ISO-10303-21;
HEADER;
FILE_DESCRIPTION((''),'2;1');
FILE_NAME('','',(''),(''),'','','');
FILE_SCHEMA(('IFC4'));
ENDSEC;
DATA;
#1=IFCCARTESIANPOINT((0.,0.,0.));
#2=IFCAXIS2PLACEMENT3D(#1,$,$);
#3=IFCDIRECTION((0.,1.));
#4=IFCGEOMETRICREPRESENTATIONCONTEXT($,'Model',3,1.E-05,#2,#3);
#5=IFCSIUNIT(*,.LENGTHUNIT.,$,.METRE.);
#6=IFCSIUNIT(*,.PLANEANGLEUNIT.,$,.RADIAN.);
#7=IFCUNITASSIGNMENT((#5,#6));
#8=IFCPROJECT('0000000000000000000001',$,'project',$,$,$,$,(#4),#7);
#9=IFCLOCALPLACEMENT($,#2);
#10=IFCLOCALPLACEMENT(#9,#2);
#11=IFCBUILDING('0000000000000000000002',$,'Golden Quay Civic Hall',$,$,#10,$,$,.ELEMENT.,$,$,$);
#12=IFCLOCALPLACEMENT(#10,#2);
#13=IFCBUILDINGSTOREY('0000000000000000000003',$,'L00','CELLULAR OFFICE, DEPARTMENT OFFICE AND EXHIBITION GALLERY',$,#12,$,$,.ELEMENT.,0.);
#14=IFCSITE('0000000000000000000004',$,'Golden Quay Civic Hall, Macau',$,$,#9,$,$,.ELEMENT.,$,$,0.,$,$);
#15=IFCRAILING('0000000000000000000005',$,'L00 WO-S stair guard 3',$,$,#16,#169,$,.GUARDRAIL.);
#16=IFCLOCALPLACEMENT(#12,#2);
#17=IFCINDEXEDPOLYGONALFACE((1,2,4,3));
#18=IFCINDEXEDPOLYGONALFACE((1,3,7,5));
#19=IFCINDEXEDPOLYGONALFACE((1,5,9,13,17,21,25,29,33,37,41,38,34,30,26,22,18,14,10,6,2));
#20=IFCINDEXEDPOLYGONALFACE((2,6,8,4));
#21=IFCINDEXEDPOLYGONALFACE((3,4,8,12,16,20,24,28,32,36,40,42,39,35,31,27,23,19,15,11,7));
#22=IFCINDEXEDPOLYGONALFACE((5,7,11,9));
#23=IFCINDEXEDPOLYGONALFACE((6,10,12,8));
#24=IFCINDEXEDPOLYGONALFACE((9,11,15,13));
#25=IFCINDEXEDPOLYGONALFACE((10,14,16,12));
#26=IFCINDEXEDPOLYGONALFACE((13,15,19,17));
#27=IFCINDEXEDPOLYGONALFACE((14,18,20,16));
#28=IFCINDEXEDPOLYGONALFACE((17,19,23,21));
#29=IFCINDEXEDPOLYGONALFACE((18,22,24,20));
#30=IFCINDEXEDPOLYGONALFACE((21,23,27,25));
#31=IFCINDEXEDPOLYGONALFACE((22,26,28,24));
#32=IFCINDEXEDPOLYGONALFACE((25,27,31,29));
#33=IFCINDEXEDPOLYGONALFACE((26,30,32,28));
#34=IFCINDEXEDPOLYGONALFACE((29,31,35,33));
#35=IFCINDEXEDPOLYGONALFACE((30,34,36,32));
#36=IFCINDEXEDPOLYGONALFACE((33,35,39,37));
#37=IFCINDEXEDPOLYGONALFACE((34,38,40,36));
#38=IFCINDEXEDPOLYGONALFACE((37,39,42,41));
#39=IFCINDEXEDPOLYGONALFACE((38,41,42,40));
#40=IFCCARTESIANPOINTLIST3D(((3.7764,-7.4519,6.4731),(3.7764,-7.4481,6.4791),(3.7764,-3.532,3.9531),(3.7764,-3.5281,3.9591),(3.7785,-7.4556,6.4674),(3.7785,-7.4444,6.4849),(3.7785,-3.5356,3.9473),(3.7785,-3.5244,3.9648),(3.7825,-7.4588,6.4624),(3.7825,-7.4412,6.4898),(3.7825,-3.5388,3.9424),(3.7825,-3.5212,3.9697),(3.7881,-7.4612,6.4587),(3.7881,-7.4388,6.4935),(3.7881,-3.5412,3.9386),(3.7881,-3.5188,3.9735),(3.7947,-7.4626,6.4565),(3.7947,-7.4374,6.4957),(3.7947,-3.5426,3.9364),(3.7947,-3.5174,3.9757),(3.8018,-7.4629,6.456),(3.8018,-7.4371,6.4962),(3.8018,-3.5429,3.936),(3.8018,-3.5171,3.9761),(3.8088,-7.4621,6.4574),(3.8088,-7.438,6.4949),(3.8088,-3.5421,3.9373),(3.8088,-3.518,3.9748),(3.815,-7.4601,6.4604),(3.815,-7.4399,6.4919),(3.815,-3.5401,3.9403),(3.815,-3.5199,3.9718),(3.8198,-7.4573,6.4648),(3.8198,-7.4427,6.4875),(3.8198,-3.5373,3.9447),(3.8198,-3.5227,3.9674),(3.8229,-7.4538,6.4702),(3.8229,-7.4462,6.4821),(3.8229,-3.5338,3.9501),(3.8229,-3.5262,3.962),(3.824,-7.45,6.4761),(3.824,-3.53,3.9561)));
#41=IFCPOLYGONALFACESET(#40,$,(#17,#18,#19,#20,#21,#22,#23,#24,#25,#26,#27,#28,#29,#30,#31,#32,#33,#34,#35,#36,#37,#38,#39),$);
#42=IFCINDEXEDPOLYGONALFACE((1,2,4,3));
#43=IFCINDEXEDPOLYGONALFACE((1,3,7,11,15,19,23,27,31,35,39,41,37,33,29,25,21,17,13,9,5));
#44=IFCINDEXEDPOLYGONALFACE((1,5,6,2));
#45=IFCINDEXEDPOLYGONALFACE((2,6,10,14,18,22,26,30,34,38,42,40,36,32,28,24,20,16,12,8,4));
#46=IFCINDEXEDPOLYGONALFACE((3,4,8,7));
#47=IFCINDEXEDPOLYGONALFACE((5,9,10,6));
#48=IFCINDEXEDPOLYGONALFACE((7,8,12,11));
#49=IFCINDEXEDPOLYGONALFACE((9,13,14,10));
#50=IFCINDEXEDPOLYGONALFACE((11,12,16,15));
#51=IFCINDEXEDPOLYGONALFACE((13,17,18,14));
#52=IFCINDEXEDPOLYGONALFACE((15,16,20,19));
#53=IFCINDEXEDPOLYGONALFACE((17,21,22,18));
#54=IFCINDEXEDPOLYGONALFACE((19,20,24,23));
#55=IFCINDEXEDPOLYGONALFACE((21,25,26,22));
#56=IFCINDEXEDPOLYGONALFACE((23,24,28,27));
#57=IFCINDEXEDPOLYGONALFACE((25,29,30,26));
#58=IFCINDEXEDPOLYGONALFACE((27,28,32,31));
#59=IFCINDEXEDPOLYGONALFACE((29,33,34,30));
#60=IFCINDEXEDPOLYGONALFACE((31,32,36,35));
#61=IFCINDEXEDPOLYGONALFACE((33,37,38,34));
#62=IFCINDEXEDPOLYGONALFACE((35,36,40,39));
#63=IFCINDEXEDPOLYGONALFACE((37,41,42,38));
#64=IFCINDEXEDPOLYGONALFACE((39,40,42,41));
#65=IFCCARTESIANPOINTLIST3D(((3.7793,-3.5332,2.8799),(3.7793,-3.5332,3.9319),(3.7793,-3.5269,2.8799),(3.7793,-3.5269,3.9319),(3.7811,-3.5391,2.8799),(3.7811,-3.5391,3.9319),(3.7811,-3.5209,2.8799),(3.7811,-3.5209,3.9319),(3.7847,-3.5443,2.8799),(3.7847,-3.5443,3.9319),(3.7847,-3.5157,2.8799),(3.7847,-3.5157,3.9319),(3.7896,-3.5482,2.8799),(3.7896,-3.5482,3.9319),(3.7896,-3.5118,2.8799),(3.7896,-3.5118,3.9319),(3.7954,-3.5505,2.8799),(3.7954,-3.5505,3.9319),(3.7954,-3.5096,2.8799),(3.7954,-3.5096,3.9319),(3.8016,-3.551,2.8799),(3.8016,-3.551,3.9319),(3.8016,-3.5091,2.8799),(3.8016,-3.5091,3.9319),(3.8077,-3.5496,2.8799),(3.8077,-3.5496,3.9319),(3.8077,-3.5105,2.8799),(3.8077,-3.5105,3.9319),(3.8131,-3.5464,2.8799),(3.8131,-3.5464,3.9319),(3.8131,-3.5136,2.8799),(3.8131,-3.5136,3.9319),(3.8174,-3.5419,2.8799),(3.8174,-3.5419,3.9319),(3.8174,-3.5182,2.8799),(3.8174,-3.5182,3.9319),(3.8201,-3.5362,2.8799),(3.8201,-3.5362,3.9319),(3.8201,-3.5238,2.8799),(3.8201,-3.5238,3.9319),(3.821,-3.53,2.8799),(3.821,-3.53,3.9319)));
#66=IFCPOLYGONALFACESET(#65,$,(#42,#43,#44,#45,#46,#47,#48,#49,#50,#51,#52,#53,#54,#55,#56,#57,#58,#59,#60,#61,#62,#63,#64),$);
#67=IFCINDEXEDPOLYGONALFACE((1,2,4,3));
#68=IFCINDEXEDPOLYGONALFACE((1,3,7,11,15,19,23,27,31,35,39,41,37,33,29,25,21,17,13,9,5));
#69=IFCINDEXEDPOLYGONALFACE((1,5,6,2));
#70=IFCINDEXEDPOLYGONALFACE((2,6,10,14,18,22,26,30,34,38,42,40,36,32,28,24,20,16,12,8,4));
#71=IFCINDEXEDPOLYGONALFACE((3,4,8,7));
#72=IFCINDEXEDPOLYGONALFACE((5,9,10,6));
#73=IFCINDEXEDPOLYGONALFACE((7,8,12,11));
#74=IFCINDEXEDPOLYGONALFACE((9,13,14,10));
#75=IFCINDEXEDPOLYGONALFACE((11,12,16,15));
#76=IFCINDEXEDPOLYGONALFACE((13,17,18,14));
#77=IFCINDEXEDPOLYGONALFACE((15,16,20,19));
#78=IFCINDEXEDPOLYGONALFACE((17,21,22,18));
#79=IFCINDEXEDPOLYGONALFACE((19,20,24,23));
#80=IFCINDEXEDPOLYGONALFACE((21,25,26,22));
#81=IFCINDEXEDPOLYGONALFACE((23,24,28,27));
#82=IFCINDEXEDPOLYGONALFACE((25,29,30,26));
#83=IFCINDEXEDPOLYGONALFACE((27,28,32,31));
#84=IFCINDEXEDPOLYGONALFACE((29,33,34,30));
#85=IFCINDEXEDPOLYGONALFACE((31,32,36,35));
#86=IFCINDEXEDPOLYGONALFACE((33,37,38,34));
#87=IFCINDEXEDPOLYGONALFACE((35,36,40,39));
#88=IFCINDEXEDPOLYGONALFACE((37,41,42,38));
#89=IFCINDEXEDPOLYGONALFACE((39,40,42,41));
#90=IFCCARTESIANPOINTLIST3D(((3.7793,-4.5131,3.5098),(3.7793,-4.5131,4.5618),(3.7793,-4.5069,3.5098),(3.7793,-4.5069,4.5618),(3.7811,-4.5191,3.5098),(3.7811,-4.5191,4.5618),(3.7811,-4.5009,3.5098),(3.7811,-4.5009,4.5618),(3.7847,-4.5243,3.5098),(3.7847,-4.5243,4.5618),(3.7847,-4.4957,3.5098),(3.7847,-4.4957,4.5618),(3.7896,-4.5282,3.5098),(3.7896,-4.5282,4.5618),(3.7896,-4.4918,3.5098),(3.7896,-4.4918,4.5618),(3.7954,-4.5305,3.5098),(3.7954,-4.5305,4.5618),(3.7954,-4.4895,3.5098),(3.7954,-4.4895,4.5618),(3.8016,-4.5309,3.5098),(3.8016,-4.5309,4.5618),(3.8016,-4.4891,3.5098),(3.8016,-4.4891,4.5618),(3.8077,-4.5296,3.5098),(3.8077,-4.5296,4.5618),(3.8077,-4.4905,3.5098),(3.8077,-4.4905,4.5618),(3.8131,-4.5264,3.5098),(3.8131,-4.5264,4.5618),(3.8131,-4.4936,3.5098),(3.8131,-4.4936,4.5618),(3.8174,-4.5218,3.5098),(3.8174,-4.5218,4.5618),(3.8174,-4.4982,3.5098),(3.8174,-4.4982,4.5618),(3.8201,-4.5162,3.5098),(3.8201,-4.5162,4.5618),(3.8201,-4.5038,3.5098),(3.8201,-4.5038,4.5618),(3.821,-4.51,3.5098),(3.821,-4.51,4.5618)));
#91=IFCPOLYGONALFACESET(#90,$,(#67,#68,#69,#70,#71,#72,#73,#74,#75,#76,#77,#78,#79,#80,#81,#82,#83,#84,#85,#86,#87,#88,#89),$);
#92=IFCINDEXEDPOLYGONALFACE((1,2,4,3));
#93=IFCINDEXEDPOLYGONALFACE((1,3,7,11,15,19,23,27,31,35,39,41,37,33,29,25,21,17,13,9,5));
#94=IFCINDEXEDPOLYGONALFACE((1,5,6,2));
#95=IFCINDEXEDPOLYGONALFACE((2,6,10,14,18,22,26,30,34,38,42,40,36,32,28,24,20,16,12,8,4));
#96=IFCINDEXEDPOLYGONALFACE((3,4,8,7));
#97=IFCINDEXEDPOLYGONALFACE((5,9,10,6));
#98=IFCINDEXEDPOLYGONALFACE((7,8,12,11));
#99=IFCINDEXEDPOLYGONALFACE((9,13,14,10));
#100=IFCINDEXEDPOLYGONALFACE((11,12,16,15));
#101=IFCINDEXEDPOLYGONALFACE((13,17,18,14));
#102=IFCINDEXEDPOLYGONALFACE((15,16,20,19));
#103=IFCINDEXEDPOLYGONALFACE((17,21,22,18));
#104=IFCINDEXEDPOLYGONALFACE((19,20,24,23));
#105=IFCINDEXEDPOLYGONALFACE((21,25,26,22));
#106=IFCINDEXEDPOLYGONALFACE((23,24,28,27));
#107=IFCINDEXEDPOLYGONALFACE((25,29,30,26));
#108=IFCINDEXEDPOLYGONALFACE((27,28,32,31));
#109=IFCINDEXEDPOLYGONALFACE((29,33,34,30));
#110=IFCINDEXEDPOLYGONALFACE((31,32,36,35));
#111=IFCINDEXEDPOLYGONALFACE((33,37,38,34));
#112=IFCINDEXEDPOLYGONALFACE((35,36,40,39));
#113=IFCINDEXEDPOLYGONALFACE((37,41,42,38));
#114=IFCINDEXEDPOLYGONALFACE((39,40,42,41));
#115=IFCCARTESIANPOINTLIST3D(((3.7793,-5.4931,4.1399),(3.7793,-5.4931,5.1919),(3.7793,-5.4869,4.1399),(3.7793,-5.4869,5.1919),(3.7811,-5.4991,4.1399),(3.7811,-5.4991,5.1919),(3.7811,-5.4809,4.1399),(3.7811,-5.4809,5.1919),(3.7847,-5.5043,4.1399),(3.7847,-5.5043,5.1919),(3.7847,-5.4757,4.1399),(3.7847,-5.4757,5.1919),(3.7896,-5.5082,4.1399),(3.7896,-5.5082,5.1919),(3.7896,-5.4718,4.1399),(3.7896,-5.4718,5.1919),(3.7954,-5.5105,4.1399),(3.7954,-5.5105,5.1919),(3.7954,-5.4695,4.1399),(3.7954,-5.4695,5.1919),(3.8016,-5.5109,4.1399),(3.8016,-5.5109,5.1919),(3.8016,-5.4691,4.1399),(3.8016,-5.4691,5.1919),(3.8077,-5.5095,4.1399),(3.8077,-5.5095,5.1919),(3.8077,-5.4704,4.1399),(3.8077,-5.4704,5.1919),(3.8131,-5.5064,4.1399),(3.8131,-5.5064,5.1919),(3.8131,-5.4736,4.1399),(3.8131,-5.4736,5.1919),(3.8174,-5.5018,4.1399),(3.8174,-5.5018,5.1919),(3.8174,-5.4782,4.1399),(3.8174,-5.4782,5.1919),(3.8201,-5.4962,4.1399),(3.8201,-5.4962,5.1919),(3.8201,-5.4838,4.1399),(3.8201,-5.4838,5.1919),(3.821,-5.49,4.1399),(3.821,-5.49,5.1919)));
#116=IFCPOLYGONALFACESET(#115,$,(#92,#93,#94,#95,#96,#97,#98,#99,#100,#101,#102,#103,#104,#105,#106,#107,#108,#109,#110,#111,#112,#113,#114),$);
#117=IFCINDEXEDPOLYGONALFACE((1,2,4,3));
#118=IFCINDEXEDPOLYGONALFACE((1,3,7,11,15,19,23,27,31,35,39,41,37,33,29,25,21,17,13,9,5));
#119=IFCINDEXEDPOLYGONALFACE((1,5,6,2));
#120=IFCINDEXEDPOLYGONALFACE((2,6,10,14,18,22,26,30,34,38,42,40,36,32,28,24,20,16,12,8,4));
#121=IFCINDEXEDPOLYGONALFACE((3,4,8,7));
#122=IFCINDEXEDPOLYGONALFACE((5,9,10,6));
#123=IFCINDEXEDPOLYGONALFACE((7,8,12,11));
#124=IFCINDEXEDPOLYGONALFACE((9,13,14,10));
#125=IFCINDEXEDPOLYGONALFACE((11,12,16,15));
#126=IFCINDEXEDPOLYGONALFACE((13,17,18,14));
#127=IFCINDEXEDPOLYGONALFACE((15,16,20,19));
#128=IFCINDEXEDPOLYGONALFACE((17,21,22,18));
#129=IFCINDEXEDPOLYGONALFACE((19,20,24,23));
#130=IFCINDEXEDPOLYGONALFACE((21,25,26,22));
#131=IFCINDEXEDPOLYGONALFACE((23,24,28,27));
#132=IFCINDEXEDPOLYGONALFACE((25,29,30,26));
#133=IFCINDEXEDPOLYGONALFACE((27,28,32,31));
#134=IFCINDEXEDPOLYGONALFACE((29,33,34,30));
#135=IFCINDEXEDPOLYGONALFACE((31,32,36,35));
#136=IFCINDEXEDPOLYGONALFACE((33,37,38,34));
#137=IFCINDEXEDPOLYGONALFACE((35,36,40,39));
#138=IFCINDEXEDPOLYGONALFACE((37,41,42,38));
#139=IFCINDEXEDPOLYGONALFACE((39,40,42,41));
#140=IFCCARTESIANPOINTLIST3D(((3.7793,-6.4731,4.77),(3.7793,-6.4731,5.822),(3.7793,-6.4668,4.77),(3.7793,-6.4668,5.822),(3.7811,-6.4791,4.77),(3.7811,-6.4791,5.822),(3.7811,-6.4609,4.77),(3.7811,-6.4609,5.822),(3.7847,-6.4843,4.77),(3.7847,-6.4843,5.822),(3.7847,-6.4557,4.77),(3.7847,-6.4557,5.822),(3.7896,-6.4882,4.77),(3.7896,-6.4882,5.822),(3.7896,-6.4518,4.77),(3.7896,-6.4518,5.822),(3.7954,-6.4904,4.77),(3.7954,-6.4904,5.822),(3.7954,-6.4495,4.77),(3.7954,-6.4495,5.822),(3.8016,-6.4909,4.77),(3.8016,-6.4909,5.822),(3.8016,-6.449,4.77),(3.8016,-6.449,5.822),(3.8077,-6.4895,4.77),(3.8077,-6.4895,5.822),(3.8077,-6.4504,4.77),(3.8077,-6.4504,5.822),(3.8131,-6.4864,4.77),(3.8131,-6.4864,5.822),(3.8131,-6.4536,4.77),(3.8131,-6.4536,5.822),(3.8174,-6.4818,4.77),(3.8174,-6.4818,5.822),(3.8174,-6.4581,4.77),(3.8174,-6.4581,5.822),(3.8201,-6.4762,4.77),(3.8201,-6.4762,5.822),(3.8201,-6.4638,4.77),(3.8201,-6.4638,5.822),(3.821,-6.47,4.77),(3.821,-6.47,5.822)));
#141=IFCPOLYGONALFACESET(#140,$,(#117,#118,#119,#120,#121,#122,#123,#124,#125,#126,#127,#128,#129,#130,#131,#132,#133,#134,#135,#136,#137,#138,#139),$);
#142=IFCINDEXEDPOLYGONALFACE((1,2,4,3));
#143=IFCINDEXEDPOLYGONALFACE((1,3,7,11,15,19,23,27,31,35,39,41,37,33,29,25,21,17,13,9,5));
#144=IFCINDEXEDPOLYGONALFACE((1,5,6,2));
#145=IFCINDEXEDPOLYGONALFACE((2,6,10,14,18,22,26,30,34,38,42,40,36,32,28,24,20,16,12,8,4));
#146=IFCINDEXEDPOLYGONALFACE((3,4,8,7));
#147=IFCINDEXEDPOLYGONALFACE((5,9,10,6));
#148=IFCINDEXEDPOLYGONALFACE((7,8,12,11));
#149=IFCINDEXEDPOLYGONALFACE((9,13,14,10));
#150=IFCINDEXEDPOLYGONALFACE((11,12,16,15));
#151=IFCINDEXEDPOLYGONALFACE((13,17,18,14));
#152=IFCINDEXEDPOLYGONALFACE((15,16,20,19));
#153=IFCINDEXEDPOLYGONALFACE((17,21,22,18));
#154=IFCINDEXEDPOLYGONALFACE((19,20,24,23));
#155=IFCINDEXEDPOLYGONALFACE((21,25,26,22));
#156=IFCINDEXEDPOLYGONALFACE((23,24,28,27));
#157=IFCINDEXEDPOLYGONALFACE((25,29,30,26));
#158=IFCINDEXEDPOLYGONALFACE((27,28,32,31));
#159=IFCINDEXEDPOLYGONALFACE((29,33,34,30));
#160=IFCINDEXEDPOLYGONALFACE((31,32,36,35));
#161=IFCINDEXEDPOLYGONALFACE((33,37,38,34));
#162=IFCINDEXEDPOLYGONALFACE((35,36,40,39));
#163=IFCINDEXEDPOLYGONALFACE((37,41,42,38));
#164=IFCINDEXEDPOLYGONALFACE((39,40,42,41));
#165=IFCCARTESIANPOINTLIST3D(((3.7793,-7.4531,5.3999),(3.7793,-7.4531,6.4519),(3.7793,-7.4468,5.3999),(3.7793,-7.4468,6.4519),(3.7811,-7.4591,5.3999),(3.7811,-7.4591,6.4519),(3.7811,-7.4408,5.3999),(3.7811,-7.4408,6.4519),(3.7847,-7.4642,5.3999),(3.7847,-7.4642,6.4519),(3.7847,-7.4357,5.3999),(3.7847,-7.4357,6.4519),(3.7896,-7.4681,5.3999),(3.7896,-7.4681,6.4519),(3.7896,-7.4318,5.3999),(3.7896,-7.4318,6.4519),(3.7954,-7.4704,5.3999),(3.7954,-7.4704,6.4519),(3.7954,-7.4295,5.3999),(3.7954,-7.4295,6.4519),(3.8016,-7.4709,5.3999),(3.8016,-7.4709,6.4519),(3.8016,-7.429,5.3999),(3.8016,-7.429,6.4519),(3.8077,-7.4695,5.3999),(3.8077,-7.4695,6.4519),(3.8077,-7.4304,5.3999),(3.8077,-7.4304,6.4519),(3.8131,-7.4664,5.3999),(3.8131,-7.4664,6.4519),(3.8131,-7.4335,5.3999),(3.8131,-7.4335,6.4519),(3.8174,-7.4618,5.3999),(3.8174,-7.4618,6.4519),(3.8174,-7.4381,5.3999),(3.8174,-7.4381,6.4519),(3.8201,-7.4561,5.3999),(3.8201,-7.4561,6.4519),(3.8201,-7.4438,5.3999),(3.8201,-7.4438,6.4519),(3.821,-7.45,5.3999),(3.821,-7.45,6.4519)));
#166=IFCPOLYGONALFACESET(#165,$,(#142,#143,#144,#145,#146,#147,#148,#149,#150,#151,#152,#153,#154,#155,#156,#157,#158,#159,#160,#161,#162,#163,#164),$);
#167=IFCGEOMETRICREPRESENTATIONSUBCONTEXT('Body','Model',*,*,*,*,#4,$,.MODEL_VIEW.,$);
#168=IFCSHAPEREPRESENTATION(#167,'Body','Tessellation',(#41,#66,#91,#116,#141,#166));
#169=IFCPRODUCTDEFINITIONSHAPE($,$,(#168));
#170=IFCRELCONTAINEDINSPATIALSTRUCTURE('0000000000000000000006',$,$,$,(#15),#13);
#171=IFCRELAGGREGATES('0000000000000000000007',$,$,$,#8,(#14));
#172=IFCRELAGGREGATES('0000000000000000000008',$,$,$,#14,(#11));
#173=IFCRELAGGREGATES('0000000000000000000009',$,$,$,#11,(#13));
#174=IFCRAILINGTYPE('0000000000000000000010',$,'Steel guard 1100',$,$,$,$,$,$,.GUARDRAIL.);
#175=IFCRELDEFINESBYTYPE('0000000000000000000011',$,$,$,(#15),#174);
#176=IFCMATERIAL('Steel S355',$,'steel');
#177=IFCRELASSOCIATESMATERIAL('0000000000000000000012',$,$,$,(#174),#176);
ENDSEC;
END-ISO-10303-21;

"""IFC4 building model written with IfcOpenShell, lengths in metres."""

from ifc_helpers import new_model, si_unit, direction, frame, origin, origin_2d, place, context, subcontext, project, spatial, circle, extrude, material, type_object, element, save


model = new_model("IFC4")

# Units and contexts
model_context = context("Model", 3, precision=1e-05, world=origin(), true_north=direction((0.0, 1.0)))
body_context = subcontext(model_context, "Body", "Model", "MODEL_VIEW")
ifc_project = project(units=[si_unit("LENGTHUNIT", "METRE"), si_unit("PLANEANGLEUNIT", "RADIAN")], contexts=[model_context])

# Site, building, storey
site_placement = place(None, origin())
site = spatial("IfcSite", under=ifc_project, at=site_placement, Name="Golden Quay Civic Hall, Macau", CompositionType="ELEMENT", RefElevation=0.0)
building_placement = place(site_placement, origin())
building = spatial("IfcBuilding", under=site, at=building_placement, Name="Golden Quay Civic Hall", CompositionType="ELEMENT")
storey_placement = place(building_placement, origin())
storey = spatial("IfcBuildingStorey", under=building, at=storey_placement, Name="L00", Description="CELLULAR OFFICE, DEPARTMENT OFFICE AND EXHIBITION GALLERY", CompositionType="ELEMENT", Elevation=0.0)

# Railing
ifc_material_1 = material(Name="Steel S355", Category="steel")
railing_type_1 = type_object("IfcRailingType", Name="Steel guard 1100", PredefinedType="GUARDRAIL", material=ifc_material_1)
railing_1_placement = place(storey_placement, frame((3.8, -3.53, 2.8799)))
element("IfcRailing", 1, at=railing_1_placement, inside=storey, type_object=railing_type_1, Name="L00 WO-S stair guard 3", PredefinedType="GUARDRAIL", context=body_context, shape_type="SweptSolid", body=[
    extrude(circle(Radius=0.0239, at=origin_2d()), frame((0.0, 0.0, 1.0762), z_axis=(0.0, -0.841172, 0.540768), x_axis=(1.0, 0.0, 0.0)), (0.0, 0.0, 1.0), 4.6602),
    extrude(circle(Radius=0.021, at=origin_2d()), origin(), (0.0, 0.0, 1.0), 1.052),
    extrude(circle(Radius=0.021, at=origin_2d()), frame((0.0, -0.98, 0.6299)), (0.0, 0.0, 1.0), 1.052),
    extrude(circle(Radius=0.021, at=origin_2d()), frame((0.0, -1.96, 1.26)), (0.0, 0.0, 1.0), 1.052),
    extrude(circle(Radius=0.021, at=origin_2d()), frame((0.0, -2.9399, 1.8901)), (0.0, 0.0, 1.0), 1.052),
    extrude(circle(Radius=0.021, at=origin_2d()), frame((0.0, -3.9199, 2.52)), (0.0, 0.0, 1.0), 1.052),
])

save(model, "model.ifc")
